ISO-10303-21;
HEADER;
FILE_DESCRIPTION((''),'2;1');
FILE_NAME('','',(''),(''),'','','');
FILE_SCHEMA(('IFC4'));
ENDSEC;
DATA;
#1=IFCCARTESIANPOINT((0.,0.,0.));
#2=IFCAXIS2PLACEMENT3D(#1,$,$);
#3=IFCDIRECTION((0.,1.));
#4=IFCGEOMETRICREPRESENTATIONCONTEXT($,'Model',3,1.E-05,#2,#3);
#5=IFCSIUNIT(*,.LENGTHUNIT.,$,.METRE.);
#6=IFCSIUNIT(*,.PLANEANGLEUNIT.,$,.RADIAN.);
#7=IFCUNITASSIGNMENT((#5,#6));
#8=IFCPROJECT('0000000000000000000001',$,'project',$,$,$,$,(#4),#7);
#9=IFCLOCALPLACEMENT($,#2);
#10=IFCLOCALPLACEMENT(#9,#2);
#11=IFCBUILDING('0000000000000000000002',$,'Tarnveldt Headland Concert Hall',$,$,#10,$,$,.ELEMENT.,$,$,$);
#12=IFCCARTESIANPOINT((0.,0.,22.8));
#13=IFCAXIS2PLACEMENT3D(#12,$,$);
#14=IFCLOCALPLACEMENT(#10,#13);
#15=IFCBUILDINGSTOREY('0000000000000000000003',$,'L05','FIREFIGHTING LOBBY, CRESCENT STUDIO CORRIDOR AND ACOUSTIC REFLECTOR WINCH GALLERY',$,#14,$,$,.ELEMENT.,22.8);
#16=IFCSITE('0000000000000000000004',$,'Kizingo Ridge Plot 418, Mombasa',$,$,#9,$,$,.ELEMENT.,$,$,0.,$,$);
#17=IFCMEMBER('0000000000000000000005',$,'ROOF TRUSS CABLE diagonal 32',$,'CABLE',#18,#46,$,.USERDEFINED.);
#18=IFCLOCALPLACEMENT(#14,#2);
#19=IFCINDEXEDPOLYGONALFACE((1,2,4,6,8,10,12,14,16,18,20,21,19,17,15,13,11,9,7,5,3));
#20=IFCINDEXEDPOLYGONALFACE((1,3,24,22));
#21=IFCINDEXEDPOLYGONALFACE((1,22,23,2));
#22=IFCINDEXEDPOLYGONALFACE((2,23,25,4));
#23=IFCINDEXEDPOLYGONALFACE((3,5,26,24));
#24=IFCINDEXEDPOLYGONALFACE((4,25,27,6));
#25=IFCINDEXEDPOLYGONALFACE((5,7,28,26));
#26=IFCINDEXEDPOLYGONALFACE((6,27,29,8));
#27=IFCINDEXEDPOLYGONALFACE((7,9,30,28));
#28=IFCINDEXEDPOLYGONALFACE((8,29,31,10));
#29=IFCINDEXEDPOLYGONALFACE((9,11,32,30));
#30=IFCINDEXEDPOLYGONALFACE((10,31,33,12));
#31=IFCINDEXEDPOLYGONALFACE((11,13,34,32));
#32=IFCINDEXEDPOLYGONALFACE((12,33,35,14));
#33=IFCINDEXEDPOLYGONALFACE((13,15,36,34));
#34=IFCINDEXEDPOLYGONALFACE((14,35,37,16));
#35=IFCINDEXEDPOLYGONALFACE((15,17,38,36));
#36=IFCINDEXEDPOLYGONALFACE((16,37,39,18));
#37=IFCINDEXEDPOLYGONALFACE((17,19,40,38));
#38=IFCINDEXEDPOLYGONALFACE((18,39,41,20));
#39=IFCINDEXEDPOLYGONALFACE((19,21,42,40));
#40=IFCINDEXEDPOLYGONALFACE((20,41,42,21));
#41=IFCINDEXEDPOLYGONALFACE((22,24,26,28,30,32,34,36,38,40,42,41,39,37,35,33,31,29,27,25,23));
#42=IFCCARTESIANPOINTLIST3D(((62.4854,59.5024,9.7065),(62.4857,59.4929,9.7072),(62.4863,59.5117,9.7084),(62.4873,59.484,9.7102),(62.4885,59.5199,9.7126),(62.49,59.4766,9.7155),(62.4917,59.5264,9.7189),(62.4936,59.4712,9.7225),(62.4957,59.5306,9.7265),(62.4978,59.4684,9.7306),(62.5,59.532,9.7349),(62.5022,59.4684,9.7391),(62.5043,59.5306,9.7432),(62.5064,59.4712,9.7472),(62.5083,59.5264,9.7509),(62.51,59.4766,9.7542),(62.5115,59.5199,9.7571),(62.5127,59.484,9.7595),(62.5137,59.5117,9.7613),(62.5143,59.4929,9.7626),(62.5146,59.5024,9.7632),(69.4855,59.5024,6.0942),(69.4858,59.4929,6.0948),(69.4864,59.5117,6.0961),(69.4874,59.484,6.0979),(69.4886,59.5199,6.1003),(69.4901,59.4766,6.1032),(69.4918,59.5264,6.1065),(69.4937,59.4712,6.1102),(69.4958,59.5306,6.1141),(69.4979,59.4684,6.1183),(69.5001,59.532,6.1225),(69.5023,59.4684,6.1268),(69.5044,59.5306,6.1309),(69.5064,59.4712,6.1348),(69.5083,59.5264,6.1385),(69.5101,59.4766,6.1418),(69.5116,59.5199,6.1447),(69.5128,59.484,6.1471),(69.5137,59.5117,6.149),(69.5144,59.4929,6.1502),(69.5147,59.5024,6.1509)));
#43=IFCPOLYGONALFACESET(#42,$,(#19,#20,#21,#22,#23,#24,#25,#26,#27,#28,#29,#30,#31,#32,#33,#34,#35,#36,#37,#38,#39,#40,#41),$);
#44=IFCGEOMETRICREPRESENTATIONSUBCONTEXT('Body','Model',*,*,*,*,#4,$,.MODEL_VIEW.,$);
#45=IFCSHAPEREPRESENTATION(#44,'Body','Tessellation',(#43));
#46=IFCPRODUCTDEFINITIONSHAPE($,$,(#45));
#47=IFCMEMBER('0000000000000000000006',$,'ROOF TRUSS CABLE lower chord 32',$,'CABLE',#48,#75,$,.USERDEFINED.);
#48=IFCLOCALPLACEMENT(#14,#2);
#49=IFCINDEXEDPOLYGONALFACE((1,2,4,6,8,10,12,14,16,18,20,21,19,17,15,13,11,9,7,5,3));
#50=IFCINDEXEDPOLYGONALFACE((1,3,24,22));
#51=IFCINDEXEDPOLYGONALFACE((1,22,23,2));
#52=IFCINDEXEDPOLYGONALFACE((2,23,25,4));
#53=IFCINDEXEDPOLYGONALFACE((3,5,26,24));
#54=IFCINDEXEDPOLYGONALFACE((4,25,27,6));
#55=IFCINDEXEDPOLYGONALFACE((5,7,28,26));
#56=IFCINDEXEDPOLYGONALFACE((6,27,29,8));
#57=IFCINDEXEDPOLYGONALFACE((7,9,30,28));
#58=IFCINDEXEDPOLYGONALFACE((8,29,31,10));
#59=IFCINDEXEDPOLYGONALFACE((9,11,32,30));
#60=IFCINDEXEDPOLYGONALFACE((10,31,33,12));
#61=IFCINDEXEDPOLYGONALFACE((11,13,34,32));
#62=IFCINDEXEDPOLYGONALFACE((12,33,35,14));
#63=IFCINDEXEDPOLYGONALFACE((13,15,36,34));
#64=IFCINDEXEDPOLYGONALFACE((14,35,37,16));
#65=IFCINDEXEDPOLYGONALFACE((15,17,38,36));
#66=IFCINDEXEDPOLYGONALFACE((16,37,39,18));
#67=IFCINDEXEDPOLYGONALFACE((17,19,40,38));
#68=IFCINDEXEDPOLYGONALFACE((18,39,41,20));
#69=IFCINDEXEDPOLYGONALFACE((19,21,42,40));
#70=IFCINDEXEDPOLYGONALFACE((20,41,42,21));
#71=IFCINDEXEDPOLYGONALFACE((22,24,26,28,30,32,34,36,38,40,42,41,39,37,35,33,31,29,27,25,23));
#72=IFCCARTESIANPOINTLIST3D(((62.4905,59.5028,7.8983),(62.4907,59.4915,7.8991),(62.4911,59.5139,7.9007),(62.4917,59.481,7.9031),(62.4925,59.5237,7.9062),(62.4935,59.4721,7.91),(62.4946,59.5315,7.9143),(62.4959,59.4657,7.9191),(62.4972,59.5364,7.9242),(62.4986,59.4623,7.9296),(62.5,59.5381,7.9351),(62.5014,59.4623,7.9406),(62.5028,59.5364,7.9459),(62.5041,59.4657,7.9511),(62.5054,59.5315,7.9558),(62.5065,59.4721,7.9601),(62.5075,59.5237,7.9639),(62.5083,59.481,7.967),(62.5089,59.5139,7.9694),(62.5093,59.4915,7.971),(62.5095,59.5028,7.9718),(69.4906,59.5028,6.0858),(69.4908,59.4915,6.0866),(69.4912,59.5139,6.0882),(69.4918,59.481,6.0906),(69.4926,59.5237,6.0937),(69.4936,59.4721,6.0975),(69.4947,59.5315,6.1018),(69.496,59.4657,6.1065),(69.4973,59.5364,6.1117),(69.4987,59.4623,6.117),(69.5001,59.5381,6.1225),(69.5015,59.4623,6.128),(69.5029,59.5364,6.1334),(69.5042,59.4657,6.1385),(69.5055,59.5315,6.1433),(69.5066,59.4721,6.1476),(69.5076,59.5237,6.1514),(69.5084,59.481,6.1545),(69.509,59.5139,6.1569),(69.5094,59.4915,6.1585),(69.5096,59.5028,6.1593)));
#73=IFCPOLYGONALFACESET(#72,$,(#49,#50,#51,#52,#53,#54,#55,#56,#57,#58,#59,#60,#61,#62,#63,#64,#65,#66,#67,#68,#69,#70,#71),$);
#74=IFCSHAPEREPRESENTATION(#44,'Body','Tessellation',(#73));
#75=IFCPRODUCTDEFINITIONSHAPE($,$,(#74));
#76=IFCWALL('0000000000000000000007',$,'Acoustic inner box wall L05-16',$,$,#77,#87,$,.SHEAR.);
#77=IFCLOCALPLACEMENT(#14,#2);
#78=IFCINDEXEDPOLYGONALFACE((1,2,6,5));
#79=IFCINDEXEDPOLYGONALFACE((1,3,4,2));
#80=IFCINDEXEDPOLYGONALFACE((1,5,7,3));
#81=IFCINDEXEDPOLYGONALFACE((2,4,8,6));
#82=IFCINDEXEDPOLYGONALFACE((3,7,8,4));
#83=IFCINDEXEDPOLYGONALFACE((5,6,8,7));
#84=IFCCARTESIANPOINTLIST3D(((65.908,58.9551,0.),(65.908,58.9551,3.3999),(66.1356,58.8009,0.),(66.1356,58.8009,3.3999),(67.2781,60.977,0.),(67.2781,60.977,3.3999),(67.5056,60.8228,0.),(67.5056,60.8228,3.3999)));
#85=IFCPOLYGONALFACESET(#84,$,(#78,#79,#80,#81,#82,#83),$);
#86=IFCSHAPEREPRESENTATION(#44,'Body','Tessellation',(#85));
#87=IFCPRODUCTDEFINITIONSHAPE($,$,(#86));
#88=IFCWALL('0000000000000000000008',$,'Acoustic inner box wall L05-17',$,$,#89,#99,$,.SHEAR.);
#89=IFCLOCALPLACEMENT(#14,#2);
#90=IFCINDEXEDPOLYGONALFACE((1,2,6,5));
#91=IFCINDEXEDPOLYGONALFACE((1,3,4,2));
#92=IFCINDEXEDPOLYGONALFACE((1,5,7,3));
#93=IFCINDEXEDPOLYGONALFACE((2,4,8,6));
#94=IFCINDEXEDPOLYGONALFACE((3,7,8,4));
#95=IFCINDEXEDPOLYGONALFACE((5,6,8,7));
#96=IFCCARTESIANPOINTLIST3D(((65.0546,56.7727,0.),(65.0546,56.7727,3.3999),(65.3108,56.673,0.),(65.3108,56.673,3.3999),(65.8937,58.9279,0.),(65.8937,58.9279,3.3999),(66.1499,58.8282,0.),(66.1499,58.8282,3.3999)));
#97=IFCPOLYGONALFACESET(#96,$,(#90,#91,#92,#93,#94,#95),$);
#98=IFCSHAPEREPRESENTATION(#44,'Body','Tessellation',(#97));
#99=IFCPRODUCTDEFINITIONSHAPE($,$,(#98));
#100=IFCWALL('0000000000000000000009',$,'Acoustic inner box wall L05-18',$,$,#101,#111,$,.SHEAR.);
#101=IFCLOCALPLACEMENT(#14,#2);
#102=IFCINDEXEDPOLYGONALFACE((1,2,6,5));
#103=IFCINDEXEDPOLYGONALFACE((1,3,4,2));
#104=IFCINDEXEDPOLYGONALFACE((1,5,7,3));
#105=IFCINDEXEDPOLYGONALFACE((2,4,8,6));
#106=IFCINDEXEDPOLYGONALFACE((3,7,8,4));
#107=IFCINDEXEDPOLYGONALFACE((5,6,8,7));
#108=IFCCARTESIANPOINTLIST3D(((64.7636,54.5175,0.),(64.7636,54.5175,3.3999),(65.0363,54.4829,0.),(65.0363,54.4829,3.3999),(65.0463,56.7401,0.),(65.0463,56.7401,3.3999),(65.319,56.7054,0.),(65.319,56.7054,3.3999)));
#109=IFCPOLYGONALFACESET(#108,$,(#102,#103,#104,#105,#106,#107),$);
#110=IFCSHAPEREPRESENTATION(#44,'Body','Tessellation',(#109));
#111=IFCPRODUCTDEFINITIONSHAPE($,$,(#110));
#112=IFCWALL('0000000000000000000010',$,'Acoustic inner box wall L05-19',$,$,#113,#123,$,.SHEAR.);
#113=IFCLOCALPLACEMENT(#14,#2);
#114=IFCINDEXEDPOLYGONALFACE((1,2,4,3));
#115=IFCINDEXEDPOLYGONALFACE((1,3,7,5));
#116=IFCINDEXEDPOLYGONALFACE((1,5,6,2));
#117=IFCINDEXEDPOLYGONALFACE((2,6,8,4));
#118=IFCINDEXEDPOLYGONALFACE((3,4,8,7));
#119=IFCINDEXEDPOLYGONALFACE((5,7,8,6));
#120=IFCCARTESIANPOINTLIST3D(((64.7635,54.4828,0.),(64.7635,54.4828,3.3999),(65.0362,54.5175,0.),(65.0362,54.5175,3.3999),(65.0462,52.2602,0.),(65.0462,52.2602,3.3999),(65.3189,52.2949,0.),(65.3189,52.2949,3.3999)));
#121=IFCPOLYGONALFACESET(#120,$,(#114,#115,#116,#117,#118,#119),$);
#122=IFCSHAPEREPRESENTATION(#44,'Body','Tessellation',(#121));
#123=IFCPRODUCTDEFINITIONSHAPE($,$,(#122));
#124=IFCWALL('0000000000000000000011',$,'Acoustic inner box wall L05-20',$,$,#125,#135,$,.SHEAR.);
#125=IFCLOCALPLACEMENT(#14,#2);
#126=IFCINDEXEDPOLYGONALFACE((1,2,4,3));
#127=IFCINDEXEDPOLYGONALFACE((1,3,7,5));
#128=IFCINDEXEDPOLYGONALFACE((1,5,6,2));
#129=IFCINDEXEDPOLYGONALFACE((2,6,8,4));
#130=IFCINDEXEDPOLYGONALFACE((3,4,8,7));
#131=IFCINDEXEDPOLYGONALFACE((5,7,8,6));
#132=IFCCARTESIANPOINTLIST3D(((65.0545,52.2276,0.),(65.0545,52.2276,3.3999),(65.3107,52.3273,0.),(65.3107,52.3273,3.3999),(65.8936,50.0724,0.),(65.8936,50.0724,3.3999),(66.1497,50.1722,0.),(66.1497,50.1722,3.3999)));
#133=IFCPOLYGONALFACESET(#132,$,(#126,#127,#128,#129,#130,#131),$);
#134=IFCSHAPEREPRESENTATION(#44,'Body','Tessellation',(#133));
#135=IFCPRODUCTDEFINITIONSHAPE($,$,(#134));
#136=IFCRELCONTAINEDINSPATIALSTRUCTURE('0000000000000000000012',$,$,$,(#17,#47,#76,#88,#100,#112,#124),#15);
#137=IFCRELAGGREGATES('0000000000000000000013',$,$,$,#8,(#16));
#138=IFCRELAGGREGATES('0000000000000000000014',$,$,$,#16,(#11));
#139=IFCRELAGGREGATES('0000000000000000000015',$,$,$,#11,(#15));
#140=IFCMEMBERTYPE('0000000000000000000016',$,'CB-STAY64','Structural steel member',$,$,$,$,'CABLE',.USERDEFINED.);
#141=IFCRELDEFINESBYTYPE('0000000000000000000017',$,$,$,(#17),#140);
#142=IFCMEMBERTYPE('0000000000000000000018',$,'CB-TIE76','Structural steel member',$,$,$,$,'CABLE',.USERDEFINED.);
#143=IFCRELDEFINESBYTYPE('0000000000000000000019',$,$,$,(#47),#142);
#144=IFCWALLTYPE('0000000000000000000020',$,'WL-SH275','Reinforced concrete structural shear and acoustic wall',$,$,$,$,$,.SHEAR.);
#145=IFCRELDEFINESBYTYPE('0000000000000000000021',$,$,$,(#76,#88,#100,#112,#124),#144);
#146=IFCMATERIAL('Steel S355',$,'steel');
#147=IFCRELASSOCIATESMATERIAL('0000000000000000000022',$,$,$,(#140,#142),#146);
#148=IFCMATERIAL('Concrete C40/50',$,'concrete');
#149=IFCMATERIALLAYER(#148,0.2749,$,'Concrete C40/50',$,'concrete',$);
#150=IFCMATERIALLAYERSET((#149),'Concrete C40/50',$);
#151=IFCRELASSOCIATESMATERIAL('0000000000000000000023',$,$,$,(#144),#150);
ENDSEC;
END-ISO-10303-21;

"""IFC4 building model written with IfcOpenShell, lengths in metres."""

from ifc_helpers import new_model, si_unit, direction, frame, frame_2d, origin, origin_2d, place, context, subcontext, project, spatial, rectangle, circle, extrude, material, layer, layer_set, material_profile, profile_set, type_object, element, save


model = new_model("IFC4")

# Units and contexts
model_context = context("Model", 3, precision=1e-05, world=origin(), true_north=direction((0.0, 1.0)))
body_context = subcontext(model_context, "Body", "Model", "MODEL_VIEW")
ifc_project = project(units=[si_unit("LENGTHUNIT", "METRE"), si_unit("PLANEANGLEUNIT", "RADIAN")], contexts=[model_context])

# Site, building, storey
site_placement = place(None, origin())
site = spatial("IfcSite", under=ifc_project, at=site_placement, Name="Kizingo Ridge Plot 418, Mombasa", CompositionType="ELEMENT", RefElevation=0.0)
building_placement = place(site_placement, origin())
building = spatial("IfcBuilding", under=site, at=building_placement, Name="Tarnveldt Headland Concert Hall", CompositionType="ELEMENT")
storey_placement = place(building_placement, frame((0.0, 0.0, 22.8)))
storey = spatial("IfcBuildingStorey", under=building, at=storey_placement, Name="L05", Description="FIREFIGHTING LOBBY, CRESCENT STUDIO CORRIDOR AND ACOUSTIC REFLECTOR WINCH GALLERY", CompositionType="ELEMENT", Elevation=22.8)

# Shared definitions
ifc_material_1 = material(Name="Concrete C40/50", Category="concrete")

# Members
ifc_material_2 = material(Name="Steel S355", Category="steel")
ifc_material_profile_1 = material_profile(ifc_material_2, circle(Radius=0.032, at=origin_2d()), Name="LC D64", Category="steel")
ifc_profile_set_1 = profile_set([ifc_material_profile_1], Name="Steel S355")
member_type_1 = type_object("IfcMemberType", Name="CB-STAY64", Description="Structural steel member", ElementType="CABLE", PredefinedType="USERDEFINED", material=ifc_profile_set_1)
for number, where, z_axis, x_axis, name in (
    (1, (62.5, 59.5, 9.7349), (0.888652, 0.0, -0.458583), (0.0, 1.0, 0.0), "ROOF TRUSS CABLE diagonal 32"),
):
    element("IfcMember", number, at=place(storey_placement, frame(where, z_axis=z_axis, x_axis=x_axis)), inside=storey, type_object=member_type_1, Name=name, ObjectType="CABLE", PredefinedType="USERDEFINED", context=body_context, shape_type="SweptSolid", body=[
        extrude(circle(Radius=0.032, at=origin_2d()), origin(), (0.0, 0.0, 1.0), 7.8772),
    ])
ifc_material_profile_2 = material_profile(ifc_material_2, circle(Radius=0.0381, at=origin_2d()), Name="LC D76", Category="steel")
ifc_profile_set_2 = profile_set([ifc_material_profile_2], Name="Steel S355")
member_type_2 = type_object("IfcMemberType", Name="CB-TIE76", Description="Structural steel member", ElementType="CABLE", PredefinedType="USERDEFINED", material=ifc_profile_set_2)
member_1_placement = place(storey_placement, frame((62.5, 59.5, 7.9351), z_axis=(0.968075, 0.0, -0.250662), x_axis=(0.0, 1.0, 0.0)))
element("IfcMember", 2, at=member_1_placement, inside=storey, type_object=member_type_2, Name="ROOF TRUSS CABLE lower chord 32", ObjectType="CABLE", PredefinedType="USERDEFINED", context=body_context, shape_type="SweptSolid", body=[
    extrude(circle(Radius=0.0381, at=origin_2d()), origin(), (0.0, 0.0, 1.0), 7.231),
])

# Walls
ifc_layer_1 = layer(ifc_material_1, 0.2749, Name="Concrete C40/50", Category="concrete")
ifc_layer_set_1 = layer_set([ifc_layer_1], Name="Concrete C40/50")
wall_type_1 = type_object("IfcWallType", Name="WL-SH275", Description="Reinforced concrete structural shear and acoustic wall", PredefinedType="SHEAR", material=ifc_layer_set_1)
wall_1_placement = place(storey_placement, frame((67.3918, 60.8999, 0.0), z_axis=(0.0, 0.0, 1.0), x_axis=(-0.560959, -0.827844, 0.0)))
element("IfcWall", 3, at=wall_1_placement, inside=storey, type_object=wall_type_1, Name="Acoustic inner box wall L05-16", PredefinedType="SHEAR", context=body_context, shape_type="SweptSolid", body=[
    extrude(rectangle(XDim=2.4424, YDim=0.2749, at=frame_2d((1.2212, 0.0))), origin(), (0.0, 0.0, 1.0), 3.3999),
])
wall_2_placement = place(storey_placement, frame((66.0217, 58.8779, 0.0), z_axis=(0.0, 0.0, 1.0), x_axis=(-0.362803, -0.931866, 0.0)))
element("IfcWall", 4, at=wall_2_placement, inside=storey, type_object=wall_type_1, Name="Acoustic inner box wall L05-17", PredefinedType="SHEAR", context=body_context, shape_type="SweptSolid", body=[
    extrude(rectangle(XDim=2.3127, YDim=0.2749, at=frame_2d((1.1562, 0.0))), origin(), (0.0, 0.0, 1.0), 3.3999),
])
for number, where, z_axis, x_axis, name in (
    (5, (65.1826, 56.7227, 0.0), (0.0, 0.0, 1.0), (-0.12618, -0.992007, 0.0), "Acoustic inner box wall L05-18"),
    (6, (64.8999, 54.5, 0.0), (0.0, 0.0, 1.0), (0.12618, -0.992007, 0.0), "Acoustic inner box wall L05-19"),
):
    element("IfcWall", number, at=place(storey_placement, frame(where, z_axis=z_axis, x_axis=x_axis)), inside=storey, type_object=wall_type_1, Name=name, PredefinedType="SHEAR", context=body_context, shape_type="SweptSolid", body=[
        extrude(rectangle(XDim=2.2405, YDim=0.2749, at=frame_2d((1.1201, 0.0))), origin(), (0.0, 0.0, 1.0), 3.3999),
    ])
wall_3_placement = place(storey_placement, frame((65.1826, 52.2773, 0.0), z_axis=(0.0, 0.0, 1.0), x_axis=(0.362803, -0.931866, 0.0)))
element("IfcWall", 7, at=wall_3_placement, inside=storey, type_object=wall_type_1, Name="Acoustic inner box wall L05-20", PredefinedType="SHEAR", context=body_context, shape_type="SweptSolid", body=[
    extrude(rectangle(XDim=2.3127, YDim=0.2749, at=frame_2d((1.1562, 0.0))), origin(), (0.0, 0.0, 1.0), 3.3999),
])

save(model, "model.ifc")
